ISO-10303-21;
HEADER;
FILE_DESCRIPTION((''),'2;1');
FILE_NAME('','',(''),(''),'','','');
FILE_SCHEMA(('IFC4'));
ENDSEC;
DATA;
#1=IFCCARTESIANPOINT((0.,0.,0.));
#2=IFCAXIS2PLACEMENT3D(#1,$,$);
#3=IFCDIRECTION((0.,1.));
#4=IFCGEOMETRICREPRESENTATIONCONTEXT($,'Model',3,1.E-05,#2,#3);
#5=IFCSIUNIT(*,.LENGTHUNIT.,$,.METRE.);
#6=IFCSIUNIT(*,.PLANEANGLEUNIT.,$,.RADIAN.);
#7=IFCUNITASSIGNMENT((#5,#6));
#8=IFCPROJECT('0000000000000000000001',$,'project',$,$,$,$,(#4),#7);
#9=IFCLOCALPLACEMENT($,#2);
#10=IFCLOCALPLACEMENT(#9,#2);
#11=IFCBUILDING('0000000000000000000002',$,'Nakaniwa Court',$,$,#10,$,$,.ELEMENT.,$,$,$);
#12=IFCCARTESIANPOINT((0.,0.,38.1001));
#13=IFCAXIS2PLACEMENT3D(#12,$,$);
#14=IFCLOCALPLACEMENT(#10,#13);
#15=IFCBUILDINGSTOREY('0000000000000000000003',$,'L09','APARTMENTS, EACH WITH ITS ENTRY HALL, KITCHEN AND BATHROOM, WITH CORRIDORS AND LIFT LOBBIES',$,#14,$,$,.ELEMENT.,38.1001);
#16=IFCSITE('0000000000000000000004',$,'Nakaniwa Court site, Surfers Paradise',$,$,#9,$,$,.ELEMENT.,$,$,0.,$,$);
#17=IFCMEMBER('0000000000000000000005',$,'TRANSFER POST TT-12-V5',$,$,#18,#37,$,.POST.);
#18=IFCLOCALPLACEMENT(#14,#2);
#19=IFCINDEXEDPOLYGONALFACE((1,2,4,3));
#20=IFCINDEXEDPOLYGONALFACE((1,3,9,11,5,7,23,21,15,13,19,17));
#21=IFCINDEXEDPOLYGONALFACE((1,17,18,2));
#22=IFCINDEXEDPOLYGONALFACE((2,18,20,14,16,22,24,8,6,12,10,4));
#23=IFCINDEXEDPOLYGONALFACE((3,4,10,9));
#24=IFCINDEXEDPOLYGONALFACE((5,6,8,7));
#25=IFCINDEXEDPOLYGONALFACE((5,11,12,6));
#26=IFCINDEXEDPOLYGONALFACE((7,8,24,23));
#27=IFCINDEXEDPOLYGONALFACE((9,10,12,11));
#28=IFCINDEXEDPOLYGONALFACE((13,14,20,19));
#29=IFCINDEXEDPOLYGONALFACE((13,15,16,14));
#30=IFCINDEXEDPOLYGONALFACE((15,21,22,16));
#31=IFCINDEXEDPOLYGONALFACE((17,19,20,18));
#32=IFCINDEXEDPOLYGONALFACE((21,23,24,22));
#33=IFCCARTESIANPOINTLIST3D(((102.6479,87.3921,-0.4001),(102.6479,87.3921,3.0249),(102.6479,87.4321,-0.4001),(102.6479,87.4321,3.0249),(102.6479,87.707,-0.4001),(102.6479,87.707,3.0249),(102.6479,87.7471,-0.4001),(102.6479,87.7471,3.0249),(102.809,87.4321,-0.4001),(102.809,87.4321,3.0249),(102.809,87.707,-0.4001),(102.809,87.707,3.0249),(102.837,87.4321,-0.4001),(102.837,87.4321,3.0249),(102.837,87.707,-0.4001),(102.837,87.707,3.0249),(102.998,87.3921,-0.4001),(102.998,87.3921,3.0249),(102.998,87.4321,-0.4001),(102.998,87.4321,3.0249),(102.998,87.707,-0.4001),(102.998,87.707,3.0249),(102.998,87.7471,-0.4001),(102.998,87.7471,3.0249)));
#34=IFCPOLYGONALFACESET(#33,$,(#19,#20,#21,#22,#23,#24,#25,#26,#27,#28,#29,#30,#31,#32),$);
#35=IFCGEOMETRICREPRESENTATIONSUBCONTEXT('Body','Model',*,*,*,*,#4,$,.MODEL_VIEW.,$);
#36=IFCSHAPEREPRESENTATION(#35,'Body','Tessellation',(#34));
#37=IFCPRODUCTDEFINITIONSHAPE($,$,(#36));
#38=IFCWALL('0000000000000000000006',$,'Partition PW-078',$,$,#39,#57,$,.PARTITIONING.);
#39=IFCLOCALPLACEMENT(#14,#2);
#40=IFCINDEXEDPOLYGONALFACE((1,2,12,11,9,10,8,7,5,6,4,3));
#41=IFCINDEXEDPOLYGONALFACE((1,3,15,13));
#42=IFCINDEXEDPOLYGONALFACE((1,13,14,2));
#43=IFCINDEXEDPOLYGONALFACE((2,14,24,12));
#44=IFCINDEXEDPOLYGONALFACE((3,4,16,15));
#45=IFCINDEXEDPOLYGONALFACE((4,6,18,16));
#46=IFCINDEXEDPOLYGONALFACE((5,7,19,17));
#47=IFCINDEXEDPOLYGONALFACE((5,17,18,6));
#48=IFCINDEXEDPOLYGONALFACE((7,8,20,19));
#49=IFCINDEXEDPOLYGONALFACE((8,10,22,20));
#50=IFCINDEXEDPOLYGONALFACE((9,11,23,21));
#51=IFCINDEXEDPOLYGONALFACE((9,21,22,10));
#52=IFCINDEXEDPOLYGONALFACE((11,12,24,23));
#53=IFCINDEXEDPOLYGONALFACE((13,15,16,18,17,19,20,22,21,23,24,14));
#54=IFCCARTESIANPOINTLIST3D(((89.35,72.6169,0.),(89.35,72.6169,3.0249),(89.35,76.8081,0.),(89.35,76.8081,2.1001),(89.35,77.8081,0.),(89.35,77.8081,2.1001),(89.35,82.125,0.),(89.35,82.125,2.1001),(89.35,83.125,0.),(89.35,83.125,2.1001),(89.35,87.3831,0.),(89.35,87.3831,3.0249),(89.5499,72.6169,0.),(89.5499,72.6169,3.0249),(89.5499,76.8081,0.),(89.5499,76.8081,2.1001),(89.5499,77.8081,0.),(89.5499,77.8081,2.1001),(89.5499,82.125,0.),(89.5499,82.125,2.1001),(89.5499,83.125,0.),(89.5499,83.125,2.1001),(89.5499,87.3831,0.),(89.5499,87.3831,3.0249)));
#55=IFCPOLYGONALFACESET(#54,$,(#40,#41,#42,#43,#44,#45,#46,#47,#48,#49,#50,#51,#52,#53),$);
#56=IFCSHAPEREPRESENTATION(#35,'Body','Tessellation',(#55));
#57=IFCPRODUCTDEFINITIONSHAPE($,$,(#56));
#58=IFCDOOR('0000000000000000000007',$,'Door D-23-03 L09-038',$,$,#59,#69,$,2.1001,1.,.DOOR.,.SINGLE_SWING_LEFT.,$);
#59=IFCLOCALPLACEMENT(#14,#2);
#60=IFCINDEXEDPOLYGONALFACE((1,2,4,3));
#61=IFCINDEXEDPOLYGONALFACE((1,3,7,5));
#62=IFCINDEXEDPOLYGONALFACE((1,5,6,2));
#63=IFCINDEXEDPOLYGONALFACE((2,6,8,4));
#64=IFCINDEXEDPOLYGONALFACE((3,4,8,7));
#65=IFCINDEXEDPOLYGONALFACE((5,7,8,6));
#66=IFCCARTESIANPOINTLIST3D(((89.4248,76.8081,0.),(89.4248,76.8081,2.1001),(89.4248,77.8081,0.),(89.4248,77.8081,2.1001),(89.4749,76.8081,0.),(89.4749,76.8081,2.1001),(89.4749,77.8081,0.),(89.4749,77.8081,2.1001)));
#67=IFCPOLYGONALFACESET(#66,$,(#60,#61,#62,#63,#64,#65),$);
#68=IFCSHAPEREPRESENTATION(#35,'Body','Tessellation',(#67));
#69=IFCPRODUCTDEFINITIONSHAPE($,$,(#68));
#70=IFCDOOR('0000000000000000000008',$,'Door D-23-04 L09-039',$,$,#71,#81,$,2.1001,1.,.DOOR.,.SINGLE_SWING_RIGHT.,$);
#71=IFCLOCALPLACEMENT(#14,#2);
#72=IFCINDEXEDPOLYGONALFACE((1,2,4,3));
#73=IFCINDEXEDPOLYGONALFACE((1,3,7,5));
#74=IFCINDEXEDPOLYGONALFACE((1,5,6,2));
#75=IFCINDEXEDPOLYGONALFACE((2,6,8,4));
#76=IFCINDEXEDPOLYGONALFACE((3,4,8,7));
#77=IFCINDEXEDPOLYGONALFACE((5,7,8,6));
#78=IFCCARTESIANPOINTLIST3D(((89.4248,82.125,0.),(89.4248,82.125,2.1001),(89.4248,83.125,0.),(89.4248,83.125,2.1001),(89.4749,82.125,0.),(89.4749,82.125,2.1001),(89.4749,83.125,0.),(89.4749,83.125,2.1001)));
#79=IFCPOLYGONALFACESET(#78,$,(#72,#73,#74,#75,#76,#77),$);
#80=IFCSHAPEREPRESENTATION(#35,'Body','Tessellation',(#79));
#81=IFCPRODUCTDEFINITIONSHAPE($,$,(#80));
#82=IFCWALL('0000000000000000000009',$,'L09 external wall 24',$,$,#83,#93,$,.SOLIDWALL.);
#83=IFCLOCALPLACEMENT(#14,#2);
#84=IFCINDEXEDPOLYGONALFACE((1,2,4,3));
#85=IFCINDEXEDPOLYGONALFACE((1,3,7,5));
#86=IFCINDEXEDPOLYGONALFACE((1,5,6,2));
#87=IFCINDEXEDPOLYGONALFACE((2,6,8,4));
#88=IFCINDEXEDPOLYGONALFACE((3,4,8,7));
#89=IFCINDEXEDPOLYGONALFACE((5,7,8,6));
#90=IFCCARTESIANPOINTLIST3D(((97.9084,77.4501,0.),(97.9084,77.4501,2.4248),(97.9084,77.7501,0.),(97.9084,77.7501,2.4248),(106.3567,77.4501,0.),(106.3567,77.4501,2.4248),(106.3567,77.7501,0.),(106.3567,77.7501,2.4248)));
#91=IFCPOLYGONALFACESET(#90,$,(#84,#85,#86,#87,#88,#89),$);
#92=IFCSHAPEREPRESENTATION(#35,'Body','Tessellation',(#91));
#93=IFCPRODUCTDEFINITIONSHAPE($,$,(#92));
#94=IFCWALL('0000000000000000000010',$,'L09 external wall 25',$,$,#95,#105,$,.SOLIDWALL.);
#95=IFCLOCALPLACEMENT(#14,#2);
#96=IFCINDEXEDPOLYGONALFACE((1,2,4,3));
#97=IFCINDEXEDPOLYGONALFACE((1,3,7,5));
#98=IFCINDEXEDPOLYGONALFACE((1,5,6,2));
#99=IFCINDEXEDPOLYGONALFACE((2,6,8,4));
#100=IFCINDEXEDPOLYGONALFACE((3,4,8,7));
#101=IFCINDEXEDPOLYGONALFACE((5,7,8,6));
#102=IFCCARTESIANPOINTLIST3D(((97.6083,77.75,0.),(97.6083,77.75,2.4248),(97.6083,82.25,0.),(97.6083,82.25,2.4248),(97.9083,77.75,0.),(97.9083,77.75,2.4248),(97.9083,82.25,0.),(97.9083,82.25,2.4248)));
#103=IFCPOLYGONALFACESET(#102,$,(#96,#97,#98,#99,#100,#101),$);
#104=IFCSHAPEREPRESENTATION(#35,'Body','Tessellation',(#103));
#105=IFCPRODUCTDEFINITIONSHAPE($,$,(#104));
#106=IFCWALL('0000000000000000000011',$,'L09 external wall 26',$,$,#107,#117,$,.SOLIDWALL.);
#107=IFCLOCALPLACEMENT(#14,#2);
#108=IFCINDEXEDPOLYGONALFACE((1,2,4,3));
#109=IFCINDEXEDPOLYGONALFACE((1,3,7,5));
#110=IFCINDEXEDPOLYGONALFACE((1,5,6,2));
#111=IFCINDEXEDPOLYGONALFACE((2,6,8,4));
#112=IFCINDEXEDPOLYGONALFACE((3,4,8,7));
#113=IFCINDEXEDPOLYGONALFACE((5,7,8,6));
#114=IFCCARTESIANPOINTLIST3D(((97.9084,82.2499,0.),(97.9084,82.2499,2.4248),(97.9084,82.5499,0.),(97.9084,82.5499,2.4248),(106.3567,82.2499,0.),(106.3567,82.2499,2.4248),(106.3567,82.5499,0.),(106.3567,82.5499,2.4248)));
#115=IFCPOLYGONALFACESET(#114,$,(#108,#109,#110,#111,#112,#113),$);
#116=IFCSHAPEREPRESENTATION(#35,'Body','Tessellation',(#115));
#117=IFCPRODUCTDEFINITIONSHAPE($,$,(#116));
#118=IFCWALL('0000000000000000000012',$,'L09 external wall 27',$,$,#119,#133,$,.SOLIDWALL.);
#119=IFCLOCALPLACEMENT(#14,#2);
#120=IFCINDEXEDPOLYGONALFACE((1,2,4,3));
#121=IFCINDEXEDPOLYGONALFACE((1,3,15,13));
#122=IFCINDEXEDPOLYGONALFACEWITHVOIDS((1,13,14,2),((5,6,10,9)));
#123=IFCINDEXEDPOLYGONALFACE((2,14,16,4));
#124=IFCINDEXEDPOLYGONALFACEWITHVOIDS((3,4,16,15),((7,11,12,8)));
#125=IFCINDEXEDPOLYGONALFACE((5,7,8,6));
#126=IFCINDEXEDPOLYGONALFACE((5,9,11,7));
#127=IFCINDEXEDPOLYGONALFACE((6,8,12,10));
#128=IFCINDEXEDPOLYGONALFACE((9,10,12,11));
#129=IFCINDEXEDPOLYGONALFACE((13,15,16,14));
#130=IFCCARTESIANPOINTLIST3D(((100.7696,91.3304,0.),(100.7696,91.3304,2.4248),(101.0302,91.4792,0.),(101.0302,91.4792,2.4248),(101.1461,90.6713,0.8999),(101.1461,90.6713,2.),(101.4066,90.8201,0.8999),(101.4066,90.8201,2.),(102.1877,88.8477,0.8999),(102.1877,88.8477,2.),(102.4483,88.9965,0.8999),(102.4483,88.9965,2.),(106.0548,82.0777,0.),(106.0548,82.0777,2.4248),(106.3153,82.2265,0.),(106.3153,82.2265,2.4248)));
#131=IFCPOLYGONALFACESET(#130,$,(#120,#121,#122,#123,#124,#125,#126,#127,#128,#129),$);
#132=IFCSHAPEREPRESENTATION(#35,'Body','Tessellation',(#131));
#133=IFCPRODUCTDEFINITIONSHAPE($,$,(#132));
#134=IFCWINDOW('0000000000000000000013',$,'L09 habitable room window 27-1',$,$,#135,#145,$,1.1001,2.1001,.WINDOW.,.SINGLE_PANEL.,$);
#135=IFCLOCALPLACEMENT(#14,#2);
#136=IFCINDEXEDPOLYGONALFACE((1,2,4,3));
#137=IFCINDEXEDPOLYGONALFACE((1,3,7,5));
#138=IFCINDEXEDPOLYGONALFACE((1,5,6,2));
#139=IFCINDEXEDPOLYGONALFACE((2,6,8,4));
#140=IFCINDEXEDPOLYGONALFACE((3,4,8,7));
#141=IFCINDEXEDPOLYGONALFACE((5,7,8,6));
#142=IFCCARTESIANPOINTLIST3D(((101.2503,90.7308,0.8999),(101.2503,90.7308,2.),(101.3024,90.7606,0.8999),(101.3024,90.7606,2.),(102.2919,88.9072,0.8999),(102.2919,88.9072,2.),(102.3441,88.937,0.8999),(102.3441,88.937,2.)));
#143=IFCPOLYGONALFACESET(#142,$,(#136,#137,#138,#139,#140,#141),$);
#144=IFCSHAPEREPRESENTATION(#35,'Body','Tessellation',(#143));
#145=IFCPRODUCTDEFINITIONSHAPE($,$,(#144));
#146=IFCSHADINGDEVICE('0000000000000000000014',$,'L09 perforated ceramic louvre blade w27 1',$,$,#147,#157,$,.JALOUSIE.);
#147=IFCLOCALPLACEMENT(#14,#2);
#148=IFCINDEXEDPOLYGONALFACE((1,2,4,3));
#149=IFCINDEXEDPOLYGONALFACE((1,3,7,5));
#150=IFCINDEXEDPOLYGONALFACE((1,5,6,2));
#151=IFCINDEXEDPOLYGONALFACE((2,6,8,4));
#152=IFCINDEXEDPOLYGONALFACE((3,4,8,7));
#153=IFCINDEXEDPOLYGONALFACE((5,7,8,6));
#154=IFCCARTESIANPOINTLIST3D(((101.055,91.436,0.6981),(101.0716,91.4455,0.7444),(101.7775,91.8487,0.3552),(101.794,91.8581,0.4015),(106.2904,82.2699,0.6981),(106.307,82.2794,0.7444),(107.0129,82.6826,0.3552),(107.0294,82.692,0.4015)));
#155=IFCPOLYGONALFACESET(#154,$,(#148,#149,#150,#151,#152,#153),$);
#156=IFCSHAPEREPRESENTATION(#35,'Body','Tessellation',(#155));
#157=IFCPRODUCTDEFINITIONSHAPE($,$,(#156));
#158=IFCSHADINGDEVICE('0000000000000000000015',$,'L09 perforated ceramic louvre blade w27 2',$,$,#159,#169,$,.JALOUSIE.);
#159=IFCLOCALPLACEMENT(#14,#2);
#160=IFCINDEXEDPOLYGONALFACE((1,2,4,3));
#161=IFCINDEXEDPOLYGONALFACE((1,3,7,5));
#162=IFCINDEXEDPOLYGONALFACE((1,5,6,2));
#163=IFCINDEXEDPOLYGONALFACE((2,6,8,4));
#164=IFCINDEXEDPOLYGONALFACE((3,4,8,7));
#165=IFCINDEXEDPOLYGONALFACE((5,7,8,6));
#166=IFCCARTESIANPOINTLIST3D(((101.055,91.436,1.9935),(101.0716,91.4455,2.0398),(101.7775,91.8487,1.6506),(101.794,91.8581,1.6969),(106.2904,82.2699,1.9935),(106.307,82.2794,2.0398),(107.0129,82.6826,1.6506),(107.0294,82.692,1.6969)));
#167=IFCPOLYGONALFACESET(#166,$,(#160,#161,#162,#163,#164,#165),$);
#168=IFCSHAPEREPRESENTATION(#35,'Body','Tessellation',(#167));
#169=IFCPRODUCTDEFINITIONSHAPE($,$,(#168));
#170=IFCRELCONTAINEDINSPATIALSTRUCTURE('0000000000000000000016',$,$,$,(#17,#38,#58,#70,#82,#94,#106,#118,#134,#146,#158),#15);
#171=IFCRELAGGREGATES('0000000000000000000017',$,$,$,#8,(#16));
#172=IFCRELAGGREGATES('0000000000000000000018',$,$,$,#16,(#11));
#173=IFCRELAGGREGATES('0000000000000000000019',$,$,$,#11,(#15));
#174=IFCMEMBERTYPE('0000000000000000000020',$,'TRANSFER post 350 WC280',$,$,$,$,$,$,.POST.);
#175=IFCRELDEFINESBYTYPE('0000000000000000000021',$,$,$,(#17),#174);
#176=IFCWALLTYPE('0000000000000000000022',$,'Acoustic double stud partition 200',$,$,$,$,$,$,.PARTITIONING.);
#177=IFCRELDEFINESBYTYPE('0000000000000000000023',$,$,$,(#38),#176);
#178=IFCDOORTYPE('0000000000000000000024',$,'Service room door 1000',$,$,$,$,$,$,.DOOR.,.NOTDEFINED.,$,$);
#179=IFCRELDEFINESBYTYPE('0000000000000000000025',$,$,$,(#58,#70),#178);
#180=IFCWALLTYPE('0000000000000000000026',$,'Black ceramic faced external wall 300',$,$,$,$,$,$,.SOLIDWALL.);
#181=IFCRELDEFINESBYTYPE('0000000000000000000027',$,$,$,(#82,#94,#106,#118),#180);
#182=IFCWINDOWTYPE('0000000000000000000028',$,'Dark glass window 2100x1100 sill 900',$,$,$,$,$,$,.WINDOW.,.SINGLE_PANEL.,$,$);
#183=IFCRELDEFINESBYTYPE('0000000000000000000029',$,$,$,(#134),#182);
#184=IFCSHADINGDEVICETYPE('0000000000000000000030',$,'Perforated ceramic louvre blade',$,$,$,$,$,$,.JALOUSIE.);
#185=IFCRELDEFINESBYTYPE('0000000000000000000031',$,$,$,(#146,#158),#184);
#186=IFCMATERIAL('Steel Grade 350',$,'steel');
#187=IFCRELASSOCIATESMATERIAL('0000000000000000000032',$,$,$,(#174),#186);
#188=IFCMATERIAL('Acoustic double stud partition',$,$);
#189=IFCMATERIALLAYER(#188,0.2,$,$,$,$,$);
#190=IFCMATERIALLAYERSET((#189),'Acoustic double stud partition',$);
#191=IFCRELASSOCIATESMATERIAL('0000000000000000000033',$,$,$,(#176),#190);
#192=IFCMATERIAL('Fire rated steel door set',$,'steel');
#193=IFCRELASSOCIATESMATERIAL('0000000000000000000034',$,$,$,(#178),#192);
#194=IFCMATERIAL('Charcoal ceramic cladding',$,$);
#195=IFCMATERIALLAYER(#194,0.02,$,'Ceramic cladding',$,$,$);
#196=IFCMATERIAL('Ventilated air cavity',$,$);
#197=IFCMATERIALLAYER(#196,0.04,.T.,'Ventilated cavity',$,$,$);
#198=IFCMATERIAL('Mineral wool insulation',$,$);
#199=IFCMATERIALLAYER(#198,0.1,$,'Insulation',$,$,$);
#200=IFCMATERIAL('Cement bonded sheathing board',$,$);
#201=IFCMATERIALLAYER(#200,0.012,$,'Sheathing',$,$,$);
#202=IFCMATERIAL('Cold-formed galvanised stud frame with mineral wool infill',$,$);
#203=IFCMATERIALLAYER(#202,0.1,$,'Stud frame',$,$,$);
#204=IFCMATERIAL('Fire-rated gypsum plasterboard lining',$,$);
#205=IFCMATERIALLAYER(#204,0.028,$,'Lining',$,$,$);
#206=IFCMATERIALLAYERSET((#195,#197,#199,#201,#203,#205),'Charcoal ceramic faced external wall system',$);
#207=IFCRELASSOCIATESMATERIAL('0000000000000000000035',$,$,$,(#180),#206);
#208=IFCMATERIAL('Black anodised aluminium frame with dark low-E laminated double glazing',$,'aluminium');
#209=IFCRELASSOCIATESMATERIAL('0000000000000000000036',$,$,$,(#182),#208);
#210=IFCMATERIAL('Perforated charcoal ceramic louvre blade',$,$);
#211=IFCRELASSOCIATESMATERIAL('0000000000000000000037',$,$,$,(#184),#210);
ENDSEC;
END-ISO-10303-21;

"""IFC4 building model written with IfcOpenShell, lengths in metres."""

from ifc_helpers import new_model, si_unit, direction, frame, frame_2d, origin, origin_2d, place, context, subcontext, project, spatial, rectangle, i_section, extrude, material, layer, layer_set, material_profile, profile_set, type_object, element, fill, save


model = new_model("IFC4")

# Units and contexts
model_context = context("Model", 3, precision=1e-05, world=origin(), true_north=direction((0.0, 1.0)))
body_context = subcontext(model_context, "Body", "Model", "MODEL_VIEW")
ifc_project = project(units=[si_unit("LENGTHUNIT", "METRE"), si_unit("PLANEANGLEUNIT", "RADIAN")], contexts=[model_context])

# Site, building, storey
site_placement = place(None, origin())
site = spatial("IfcSite", under=ifc_project, at=site_placement, Name="Nakaniwa Court site, Surfers Paradise", CompositionType="ELEMENT", RefElevation=0.0)
building_placement = place(site_placement, origin())
building = spatial("IfcBuilding", under=site, at=building_placement, Name="Nakaniwa Court", CompositionType="ELEMENT")
storey_placement = place(building_placement, frame((0.0, 0.0, 38.1001)))
storey = spatial("IfcBuildingStorey", under=building, at=storey_placement, Name="L09", Description="APARTMENTS, EACH WITH ITS ENTRY HALL, KITCHEN AND BATHROOM, WITH CORRIDORS AND LIFT LOBBIES", CompositionType="ELEMENT", Elevation=38.1001)

# Member
ifc_material_1 = material(Name="Steel Grade 350", Category="steel")
ifc_material_profile_1 = material_profile(ifc_material_1, i_section(OverallWidth=0.3501, OverallDepth=0.355, WebThickness=0.0281, FlangeThickness=0.04, at=origin_2d()), Name="350WC280")
ifc_profile_set_1 = profile_set([ifc_material_profile_1], Name="Steel Grade 350")
member_type_1 = type_object("IfcMemberType", Name="TRANSFER post 350 WC280", PredefinedType="POST", material=ifc_profile_set_1)
for number, where, z_axis, x_axis, name in (
    (1, (102.823, 87.5696, -0.4001), (0.0, 0.0, 1.0), (1.0, 0.0, 0.0), "TRANSFER POST TT-12-V5"),
):
    element("IfcMember", number, at=place(storey_placement, frame(where, z_axis=z_axis, x_axis=x_axis)), inside=storey, type_object=member_type_1, Name=name, PredefinedType="POST", context=body_context, shape_type="SweptSolid", body=[
        extrude(i_section(OverallWidth=0.3501, OverallDepth=0.355, WebThickness=0.0281, FlangeThickness=0.04, at=origin_2d()), origin(), (0.0, 0.0, 1.0), 3.425),
    ])

# Wall, openings, doors
ifc_material_2 = material(Name="Acoustic double stud partition")
ifc_layer_1 = layer(ifc_material_2, 0.2)
ifc_layer_set_1 = layer_set([ifc_layer_1], Name="Acoustic double stud partition")
wall_type_1 = type_object("IfcWallType", Name="Acoustic double stud partition 200", PredefinedType="PARTITIONING", material=ifc_layer_set_1)
wall_1_placement = place(storey_placement, frame((89.45, 87.3831, 0.0), z_axis=(0.0, 0.0, 1.0), x_axis=(0.0, -1.0, 0.0)))
wall_1 = element("IfcWall", 2, at=wall_1_placement, inside=storey, type_object=wall_type_1, Name="Partition PW-078", PredefinedType="PARTITIONING", context=body_context, shape_type="SweptSolid", body=[
    extrude(rectangle(XDim=14.7661, YDim=0.2, at=frame_2d((7.3831, 0.0))), origin(), (0.0, 0.0, 1.0), 3.0249),
])
opening_1_placement = place(wall_1_placement, frame((9.575, 0.0, 0.0)))
opening_1 = element("IfcOpeningElement", 3, at=opening_1_placement, cuts=wall_1, PredefinedType="OPENING", context=body_context, shape_type="SweptSolid", body=[
    extrude(rectangle(XDim=1.0, YDim=2.1001, at=frame_2d((0.5, 1.05))), frame((0.0, 0.1099, 0.0), z_axis=(0.0, -1.0, 0.0), x_axis=(1.0, 0.0, 0.0)), (0.0, 0.0, 1.0), 0.22),
])
opening_2_placement = place(wall_1_placement, frame((4.2581, 0.0, 0.0)))
opening_2 = element("IfcOpeningElement", 4, at=opening_2_placement, cuts=wall_1, PredefinedType="OPENING", context=body_context, shape_type="SweptSolid", body=[
    extrude(rectangle(XDim=1.0, YDim=2.1001, at=frame_2d((0.5, 1.05))), frame((0.0, 0.1099, 0.0), z_axis=(0.0, -1.0, 0.0), x_axis=(1.0, 0.0, 0.0)), (0.0, 0.0, 1.0), 0.22),
])
ifc_material_3 = material(Name="Fire rated steel door set", Category="steel")
door_type = type_object("IfcDoorType", Name="Service room door 1000", OperationType="NOTDEFINED", PredefinedType="DOOR", material=ifc_material_3)
door_1_placement = place(opening_1_placement, origin())
door_1 = element("IfcDoor", 5, at=door_1_placement, inside=storey, type_object=door_type, Name="Door D-23-03 L09-038", OperationType="SINGLE_SWING_LEFT", OverallHeight=2.1001, OverallWidth=1.0, PredefinedType="DOOR", context=body_context, shape_type="SweptSolid", body=[
    extrude(rectangle(XDim=1.0, YDim=2.1001, at=frame_2d((0.5, 1.05))), frame((0.0, 0.0249, 0.0), z_axis=(0.0, -1.0, 0.0), x_axis=(1.0, 0.0, 0.0)), (0.0, 0.0, 1.0), 0.05),
])
fill(opening_1, door_1)
door_2_placement = place(opening_2_placement, origin())
door_2 = element("IfcDoor", 6, at=door_2_placement, inside=storey, type_object=door_type, Name="Door D-23-04 L09-039", OperationType="SINGLE_SWING_RIGHT", OverallHeight=2.1001, OverallWidth=1.0, PredefinedType="DOOR", context=body_context, shape_type="SweptSolid", body=[
    extrude(rectangle(XDim=1.0, YDim=2.1001, at=frame_2d((0.5, 1.05))), frame((0.0, 0.0249, 0.0), z_axis=(0.0, -1.0, 0.0), x_axis=(1.0, 0.0, 0.0)), (0.0, 0.0, 1.0), 0.05),
])
fill(opening_2, door_2)

# Walls
ifc_material_4 = material(Name="Charcoal ceramic cladding")
ifc_layer_2 = layer(ifc_material_4, 0.02, Name="Ceramic cladding")
ifc_material_5 = material(Name="Ventilated air cavity")
ifc_layer_3 = layer(ifc_material_5, 0.04, ventilated=True, Name="Ventilated cavity")
ifc_material_6 = material(Name="Mineral wool insulation")
ifc_layer_4 = layer(ifc_material_6, 0.1, Name="Insulation")
ifc_material_7 = material(Name="Cement bonded sheathing board")
ifc_layer_5 = layer(ifc_material_7, 0.012, Name="Sheathing")
ifc_material_8 = material(Name="Cold-formed galvanised stud frame with mineral wool infill")
ifc_layer_6 = layer(ifc_material_8, 0.1, Name="Stud frame")
ifc_material_9 = material(Name="Fire-rated gypsum plasterboard lining")
ifc_layer_7 = layer(ifc_material_9, 0.028, Name="Lining")
ifc_layer_set_2 = layer_set([ifc_layer_2, ifc_layer_3, ifc_layer_4, ifc_layer_5, ifc_layer_6, ifc_layer_7], Name="Charcoal ceramic faced external wall system")
wall_type_2 = type_object("IfcWallType", Name="Black ceramic faced external wall 300", PredefinedType="SOLIDWALL", material=ifc_layer_set_2)
wall_2_placement = place(storey_placement, frame((106.3567, 77.6001, 0.0), z_axis=(0.0, 0.0, 1.0), x_axis=(-1.0, 0.0, 0.0)))
element("IfcWall", 7, at=wall_2_placement, inside=storey, type_object=wall_type_2, Name="L09 external wall 24", PredefinedType="SOLIDWALL", context=body_context, shape_type="SweptSolid", body=[
    extrude(rectangle(XDim=8.4482, YDim=0.3, at=frame_2d((4.2241, 0.0))), origin(), (0.0, 0.0, 1.0), 2.4248),
])
wall_3_placement = place(storey_placement, frame((97.7583, 77.75, 0.0), z_axis=(0.0, 0.0, 1.0), x_axis=(0.0, 1.0, 0.0)))
element("IfcWall", 8, at=wall_3_placement, inside=storey, type_object=wall_type_2, Name="L09 external wall 25", PredefinedType="SOLIDWALL", context=body_context, shape_type="SweptSolid", body=[
    extrude(rectangle(XDim=4.5, YDim=0.3, at=frame_2d((2.25, 0.0))), origin(), (0.0, 0.0, 1.0), 2.4248),
])
wall_4_placement = place(storey_placement, frame((97.9084, 82.3999, 0.0), z_axis=(0.0, 0.0, 1.0), x_axis=(1.0, 0.0, 0.0)))
element("IfcWall", 9, at=wall_4_placement, inside=storey, type_object=wall_type_2, Name="L09 external wall 26", PredefinedType="SOLIDWALL", context=body_context, shape_type="SweptSolid", body=[
    extrude(rectangle(XDim=8.4482, YDim=0.3, at=frame_2d((4.2241, 0.0))), origin(), (0.0, 0.0, 1.0), 2.4248),
])

# Wall, opening, window
wall_5_placement = place(storey_placement, frame((106.1851, 82.1521, 0.0), z_axis=(0.0, 0.0, 1.0), x_axis=(-0.495991, 0.868328, 0.0)))
wall_5 = element("IfcWall", 10, at=wall_5_placement, inside=storey, type_object=wall_type_2, Name="L09 external wall 27", PredefinedType="SOLIDWALL", context=body_context, shape_type="SweptSolid", body=[
    extrude(rectangle(XDim=10.6558, YDim=0.3, at=frame_2d((5.3279, 0.0))), origin(), (0.0, 0.0, 1.0), 2.4248),
])
opening_3_placement = place(wall_5_placement, frame((7.7966, 0.0, 0.8999)))
opening_3 = element("IfcOpeningElement", 11, at=opening_3_placement, cuts=wall_5, PredefinedType="OPENING", context=body_context, shape_type="SweptSolid", body=[
    extrude(rectangle(XDim=2.1001, YDim=1.1001, at=frame_2d((1.05, 0.55))), frame((0.0, 0.1599, 0.0), z_axis=(0.0, -1.0, 0.0), x_axis=(1.0, 0.0, 0.0)), (0.0, 0.0, 1.0), 0.3201),
])
ifc_material_10 = material(Name="Black anodised aluminium frame with dark low-E laminated double glazing", Category="aluminium")
window_type = type_object("IfcWindowType", Name="Dark glass window 2100x1100 sill 900", PartitioningType="SINGLE_PANEL", PredefinedType="WINDOW", material=ifc_material_10)
window_placement = place(opening_3_placement, origin())
window = element("IfcWindow", 12, at=window_placement, inside=storey, type_object=window_type, Name="L09 habitable room window 27-1", OverallHeight=1.1001, OverallWidth=2.1001, PartitioningType="SINGLE_PANEL", PredefinedType="WINDOW", context=body_context, shape_type="SweptSolid", body=[
    extrude(rectangle(XDim=2.1001, YDim=1.1001, at=frame_2d((1.05, 0.55))), frame((0.0, 0.03, 0.0), z_axis=(0.0, -1.0, 0.0), x_axis=(1.0, 0.0, 0.0)), (0.0, 0.0, 1.0), 0.0601),
])
fill(opening_3, window)

# Shading devices
ifc_material_11 = material(Name="Perforated charcoal ceramic louvre blade")
ifc_material_profile_2 = material_profile(ifc_material_11, rectangle(XDim=0.8999, YDim=0.05, at=origin_2d()), Name="Perforated ceramic louvre blade")
ifc_profile_set_2 = profile_set([ifc_material_profile_2], Name="Perforated charcoal ceramic louvre blade")
shading_device_type = type_object("IfcShadingDeviceType", Name="Perforated ceramic louvre blade", PredefinedType="JALOUSIE", material=ifc_profile_set_2)
for number, where, z_axis, x_axis, name in (
    (13, (106.6599, 82.481, 0.5498), (-0.49597, 0.86834, 0.0), (-0.80282, -0.458547, 0.38107), "L09 perforated ceramic louvre blade w27 1"),
    (14, (106.6599, 82.481, 1.8452), (-0.49597, 0.86834, 0.0), (-0.80282, -0.458547, 0.38107), "L09 perforated ceramic louvre blade w27 2"),
):
    element("IfcShadingDevice", number, at=place(storey_placement, frame(where, z_axis=z_axis, x_axis=x_axis)), inside=storey, type_object=shading_device_type, Name=name, PredefinedType="JALOUSIE", context=body_context, shape_type="SweptSolid", body=[
        extrude(rectangle(XDim=0.8999, YDim=0.05, at=origin_2d()), origin(), (0.0, 0.0, 1.0), 10.5559),
    ])

save(model, "model.ifc")
